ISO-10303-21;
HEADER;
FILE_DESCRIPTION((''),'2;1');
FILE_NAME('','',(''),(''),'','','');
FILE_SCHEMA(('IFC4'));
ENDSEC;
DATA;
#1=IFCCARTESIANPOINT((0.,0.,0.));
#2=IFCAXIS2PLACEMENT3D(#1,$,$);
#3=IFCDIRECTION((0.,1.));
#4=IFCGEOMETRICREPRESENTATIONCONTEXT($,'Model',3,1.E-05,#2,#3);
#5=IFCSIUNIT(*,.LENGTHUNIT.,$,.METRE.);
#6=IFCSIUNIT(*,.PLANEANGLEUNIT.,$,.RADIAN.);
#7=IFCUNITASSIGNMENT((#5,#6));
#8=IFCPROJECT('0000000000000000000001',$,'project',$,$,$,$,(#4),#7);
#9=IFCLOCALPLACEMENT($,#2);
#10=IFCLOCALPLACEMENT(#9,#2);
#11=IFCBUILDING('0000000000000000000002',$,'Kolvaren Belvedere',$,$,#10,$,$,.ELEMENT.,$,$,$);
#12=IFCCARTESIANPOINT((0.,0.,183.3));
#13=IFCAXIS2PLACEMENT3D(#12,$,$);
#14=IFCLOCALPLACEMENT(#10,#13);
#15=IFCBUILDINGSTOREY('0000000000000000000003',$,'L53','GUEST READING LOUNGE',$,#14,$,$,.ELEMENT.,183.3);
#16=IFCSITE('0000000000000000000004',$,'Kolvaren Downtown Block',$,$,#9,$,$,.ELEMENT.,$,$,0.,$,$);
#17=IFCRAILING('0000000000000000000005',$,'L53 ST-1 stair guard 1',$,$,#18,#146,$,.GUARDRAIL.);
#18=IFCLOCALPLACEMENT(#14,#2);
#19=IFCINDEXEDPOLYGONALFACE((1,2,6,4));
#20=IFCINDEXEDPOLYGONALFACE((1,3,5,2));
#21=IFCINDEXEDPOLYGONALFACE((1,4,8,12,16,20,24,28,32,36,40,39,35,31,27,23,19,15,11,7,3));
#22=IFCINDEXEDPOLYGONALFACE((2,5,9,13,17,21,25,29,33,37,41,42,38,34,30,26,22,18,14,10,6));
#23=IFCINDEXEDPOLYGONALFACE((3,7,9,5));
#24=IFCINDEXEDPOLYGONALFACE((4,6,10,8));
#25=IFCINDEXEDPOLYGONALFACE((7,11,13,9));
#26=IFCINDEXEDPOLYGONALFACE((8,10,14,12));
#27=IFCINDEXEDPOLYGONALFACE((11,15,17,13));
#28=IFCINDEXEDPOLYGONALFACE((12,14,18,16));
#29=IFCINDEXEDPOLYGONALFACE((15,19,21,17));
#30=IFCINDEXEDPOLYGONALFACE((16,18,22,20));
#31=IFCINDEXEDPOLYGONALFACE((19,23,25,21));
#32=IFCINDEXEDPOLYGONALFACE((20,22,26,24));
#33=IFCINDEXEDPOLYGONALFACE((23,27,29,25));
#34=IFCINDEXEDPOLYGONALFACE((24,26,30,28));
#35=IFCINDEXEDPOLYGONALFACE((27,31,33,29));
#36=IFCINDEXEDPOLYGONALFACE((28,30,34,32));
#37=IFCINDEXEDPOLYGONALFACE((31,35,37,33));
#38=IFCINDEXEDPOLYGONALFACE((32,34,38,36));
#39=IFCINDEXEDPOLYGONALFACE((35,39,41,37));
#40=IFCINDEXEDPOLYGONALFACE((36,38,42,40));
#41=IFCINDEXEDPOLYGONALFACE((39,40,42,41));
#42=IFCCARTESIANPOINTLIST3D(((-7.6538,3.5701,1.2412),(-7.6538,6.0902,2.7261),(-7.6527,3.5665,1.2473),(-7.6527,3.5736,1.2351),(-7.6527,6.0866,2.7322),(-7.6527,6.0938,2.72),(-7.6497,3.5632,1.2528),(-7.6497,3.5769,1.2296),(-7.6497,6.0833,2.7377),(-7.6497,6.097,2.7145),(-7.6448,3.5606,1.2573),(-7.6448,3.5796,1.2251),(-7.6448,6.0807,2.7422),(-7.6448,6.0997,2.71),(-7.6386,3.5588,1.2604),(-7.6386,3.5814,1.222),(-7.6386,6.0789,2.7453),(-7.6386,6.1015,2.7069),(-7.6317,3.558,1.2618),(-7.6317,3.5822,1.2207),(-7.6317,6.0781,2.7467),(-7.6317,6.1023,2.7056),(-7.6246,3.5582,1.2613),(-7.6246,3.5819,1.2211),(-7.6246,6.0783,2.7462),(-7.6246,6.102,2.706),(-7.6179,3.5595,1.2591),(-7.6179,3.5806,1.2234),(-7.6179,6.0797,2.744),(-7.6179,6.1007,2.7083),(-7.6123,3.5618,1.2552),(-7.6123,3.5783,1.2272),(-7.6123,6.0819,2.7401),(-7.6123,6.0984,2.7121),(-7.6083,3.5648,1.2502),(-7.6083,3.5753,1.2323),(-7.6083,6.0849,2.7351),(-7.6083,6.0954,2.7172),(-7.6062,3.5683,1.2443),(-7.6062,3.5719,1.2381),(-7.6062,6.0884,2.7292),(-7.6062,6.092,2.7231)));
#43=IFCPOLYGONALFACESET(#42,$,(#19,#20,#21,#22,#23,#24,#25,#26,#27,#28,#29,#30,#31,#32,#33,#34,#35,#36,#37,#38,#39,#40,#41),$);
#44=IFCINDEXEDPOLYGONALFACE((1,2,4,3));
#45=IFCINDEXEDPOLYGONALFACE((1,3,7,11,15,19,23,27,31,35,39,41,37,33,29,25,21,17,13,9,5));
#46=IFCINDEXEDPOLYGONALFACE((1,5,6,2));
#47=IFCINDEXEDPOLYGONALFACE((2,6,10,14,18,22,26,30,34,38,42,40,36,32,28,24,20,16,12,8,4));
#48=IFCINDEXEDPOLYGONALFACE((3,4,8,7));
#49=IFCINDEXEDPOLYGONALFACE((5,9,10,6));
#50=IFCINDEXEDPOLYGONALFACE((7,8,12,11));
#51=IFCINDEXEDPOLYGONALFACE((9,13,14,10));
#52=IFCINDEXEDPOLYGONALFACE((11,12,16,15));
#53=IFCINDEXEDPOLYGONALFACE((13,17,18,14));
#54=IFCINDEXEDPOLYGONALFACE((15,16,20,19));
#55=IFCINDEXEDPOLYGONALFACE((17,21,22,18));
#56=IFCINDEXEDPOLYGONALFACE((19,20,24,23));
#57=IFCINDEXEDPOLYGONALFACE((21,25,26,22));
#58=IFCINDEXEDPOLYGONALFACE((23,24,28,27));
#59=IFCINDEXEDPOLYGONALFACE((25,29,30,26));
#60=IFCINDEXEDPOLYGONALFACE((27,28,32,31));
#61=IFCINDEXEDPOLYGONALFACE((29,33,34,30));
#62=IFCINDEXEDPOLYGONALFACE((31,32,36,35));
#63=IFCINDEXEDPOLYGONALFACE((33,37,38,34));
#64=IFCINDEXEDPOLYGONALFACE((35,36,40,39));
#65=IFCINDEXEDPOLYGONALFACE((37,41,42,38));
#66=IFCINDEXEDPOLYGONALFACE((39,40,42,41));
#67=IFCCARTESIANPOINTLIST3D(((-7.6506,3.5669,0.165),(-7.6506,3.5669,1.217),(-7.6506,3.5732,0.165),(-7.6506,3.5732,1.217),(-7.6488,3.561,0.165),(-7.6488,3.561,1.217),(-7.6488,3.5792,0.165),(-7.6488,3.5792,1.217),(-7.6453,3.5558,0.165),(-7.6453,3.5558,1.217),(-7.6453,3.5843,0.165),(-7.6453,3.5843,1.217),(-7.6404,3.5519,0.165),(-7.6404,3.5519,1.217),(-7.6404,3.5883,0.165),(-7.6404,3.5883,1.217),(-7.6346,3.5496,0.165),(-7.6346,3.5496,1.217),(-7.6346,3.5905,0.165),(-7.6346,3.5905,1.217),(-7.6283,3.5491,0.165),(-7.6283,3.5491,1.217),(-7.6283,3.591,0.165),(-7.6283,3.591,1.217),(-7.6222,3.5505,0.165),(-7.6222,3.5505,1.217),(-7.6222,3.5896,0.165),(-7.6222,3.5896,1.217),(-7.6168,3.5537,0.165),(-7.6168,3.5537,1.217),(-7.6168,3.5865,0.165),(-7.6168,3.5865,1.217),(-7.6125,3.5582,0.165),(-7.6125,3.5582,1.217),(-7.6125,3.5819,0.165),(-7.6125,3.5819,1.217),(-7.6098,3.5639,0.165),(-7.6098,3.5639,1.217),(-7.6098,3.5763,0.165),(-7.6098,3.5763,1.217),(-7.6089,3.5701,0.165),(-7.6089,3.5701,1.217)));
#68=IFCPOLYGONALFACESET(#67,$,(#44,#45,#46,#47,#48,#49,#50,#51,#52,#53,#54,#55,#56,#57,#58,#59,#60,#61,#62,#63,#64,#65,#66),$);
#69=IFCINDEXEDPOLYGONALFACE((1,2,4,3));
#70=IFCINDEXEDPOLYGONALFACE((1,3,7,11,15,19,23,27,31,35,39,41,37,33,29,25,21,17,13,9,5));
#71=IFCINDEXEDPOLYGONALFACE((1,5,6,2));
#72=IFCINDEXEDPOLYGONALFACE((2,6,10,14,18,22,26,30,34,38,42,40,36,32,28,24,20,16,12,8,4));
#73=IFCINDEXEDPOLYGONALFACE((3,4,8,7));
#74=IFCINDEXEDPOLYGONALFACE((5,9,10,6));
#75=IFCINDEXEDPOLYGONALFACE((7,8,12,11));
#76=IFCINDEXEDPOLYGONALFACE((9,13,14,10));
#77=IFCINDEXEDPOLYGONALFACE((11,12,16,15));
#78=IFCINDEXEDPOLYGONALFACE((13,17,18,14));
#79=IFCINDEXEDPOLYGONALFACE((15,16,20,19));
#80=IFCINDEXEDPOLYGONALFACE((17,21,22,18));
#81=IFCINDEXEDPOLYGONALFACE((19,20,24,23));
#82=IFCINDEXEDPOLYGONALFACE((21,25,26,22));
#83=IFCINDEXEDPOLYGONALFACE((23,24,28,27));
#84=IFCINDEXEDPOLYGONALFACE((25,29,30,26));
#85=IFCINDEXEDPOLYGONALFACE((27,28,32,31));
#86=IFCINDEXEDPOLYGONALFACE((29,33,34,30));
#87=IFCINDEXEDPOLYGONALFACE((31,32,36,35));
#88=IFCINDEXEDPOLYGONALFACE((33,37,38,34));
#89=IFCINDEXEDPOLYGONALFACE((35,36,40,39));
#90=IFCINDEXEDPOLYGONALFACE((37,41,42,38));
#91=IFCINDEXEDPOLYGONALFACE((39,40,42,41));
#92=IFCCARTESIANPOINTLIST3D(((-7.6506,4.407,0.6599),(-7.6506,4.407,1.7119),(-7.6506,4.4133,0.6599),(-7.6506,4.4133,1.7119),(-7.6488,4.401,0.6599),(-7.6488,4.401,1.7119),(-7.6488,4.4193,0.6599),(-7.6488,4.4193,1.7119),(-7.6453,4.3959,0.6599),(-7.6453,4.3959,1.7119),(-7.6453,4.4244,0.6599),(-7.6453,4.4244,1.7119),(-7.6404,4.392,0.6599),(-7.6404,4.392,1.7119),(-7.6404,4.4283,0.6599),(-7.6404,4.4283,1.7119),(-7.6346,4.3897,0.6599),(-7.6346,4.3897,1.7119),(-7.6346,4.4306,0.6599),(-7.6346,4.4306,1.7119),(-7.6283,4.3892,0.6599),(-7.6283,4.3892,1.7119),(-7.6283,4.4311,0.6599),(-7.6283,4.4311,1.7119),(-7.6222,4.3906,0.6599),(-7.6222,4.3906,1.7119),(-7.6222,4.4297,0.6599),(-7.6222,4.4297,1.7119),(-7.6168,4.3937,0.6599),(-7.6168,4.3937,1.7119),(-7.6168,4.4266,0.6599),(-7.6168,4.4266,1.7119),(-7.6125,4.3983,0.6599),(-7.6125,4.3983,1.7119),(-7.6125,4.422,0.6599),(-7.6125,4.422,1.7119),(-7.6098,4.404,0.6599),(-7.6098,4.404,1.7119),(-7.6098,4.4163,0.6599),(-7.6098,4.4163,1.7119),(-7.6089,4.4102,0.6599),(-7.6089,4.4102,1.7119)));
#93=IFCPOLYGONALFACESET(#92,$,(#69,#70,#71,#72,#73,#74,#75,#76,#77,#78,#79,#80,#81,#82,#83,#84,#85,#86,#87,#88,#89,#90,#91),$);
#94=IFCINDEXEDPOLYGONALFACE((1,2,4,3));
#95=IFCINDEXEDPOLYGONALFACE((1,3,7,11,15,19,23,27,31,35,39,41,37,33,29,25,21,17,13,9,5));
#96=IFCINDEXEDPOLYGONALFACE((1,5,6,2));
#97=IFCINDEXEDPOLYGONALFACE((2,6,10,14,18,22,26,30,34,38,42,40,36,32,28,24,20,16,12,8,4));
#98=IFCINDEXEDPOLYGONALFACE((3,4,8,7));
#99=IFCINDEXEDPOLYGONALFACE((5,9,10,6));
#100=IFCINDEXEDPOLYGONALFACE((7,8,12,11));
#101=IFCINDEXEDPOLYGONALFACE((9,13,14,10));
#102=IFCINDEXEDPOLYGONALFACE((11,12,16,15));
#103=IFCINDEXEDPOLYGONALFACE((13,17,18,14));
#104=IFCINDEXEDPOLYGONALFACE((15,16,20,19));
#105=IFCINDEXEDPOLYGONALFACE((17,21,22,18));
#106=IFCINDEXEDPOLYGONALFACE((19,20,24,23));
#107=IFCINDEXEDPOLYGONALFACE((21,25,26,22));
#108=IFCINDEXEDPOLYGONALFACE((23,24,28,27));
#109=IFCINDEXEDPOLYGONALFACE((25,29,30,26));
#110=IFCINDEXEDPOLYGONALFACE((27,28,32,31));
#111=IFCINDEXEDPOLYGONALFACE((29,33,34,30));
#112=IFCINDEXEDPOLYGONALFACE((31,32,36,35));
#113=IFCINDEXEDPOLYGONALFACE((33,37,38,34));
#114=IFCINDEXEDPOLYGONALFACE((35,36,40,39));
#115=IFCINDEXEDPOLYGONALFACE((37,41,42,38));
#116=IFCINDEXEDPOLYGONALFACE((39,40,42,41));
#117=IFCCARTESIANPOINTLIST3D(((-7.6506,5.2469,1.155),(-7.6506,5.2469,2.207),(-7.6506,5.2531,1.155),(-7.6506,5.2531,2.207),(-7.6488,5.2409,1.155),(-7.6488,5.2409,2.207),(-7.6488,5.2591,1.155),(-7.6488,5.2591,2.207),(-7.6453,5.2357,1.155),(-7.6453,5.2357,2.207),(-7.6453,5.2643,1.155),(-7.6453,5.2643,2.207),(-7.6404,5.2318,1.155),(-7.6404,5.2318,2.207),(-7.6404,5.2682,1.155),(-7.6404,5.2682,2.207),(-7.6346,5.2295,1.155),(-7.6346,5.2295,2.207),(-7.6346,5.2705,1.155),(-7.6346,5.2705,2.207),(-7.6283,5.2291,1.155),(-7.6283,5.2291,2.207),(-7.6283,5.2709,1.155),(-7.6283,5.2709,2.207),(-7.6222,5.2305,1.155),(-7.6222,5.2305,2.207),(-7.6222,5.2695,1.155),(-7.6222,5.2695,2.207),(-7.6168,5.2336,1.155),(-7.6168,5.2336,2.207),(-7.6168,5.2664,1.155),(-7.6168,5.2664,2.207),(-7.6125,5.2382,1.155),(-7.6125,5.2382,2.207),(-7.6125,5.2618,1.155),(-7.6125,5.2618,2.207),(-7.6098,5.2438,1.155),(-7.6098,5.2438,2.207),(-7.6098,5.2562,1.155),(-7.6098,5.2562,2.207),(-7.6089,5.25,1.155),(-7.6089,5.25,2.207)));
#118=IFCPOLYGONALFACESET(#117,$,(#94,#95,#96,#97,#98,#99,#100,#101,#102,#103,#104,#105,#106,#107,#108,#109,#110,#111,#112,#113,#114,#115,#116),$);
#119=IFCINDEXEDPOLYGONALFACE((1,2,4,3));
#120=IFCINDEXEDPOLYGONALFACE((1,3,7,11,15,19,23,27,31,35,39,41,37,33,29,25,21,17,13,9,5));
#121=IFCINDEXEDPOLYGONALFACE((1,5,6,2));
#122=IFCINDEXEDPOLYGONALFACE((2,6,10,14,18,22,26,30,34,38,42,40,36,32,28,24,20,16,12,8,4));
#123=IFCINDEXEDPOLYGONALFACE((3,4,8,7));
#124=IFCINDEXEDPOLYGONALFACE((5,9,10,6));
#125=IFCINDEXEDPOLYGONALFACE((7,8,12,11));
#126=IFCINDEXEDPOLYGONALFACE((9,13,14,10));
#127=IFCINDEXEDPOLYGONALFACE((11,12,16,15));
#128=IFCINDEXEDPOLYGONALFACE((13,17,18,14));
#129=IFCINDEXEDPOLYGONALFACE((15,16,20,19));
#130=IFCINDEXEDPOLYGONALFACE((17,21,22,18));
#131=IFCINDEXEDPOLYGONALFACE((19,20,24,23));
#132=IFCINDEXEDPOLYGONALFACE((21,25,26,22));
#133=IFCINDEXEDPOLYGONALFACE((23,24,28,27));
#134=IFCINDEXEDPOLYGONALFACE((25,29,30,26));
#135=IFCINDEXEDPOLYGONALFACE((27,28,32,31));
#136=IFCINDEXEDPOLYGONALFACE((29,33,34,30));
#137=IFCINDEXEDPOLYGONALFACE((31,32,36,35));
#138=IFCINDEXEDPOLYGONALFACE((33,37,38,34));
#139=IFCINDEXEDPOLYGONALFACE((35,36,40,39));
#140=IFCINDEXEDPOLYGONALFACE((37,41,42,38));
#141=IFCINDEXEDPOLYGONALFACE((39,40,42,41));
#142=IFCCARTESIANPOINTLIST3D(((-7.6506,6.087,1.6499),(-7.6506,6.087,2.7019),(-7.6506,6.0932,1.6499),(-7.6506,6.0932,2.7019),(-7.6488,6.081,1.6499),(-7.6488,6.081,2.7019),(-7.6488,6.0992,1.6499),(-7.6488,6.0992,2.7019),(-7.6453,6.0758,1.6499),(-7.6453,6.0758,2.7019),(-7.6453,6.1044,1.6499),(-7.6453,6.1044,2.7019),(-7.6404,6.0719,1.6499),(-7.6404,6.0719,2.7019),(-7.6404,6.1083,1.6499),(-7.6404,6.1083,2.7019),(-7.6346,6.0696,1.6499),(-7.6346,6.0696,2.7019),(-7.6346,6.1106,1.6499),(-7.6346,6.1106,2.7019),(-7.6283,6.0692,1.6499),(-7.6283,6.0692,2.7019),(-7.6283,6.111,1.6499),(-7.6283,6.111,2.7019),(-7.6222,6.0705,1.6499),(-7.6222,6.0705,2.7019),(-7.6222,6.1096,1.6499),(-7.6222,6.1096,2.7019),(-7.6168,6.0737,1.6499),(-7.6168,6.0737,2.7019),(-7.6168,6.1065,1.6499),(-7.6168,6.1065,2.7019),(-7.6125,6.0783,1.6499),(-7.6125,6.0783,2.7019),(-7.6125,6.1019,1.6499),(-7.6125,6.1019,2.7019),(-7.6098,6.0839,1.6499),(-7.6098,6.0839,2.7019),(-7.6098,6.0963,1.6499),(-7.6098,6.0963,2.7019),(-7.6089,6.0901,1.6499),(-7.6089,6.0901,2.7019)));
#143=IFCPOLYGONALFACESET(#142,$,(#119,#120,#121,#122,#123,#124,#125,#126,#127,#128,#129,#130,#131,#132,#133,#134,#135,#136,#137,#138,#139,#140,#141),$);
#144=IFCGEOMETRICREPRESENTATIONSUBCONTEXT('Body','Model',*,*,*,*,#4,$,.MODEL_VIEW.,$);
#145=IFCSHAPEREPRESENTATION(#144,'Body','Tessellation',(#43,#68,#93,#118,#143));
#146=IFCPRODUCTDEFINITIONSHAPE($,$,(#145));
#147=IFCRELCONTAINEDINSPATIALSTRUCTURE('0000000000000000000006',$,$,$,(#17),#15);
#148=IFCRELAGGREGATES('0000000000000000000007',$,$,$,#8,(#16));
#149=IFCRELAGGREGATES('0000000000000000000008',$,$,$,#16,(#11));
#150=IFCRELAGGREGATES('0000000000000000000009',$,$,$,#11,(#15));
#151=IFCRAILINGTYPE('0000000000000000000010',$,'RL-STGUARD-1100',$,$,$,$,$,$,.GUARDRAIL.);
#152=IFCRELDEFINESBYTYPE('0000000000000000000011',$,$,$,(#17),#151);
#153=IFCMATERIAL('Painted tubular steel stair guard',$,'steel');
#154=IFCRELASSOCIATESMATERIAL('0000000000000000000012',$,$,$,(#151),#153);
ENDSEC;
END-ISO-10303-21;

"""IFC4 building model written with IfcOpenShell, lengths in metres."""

from ifc_helpers import new_model, si_unit, direction, frame, origin, origin_2d, place, context, subcontext, project, spatial, circle, extrude, material, type_object, element, save


model = new_model("IFC4")

# Units and contexts
model_context = context("Model", 3, precision=1e-05, world=origin(), true_north=direction((0.0, 1.0)))
body_context = subcontext(model_context, "Body", "Model", "MODEL_VIEW")
ifc_project = project(units=[si_unit("LENGTHUNIT", "METRE"), si_unit("PLANEANGLEUNIT", "RADIAN")], contexts=[model_context])

# Site, building, storey
site_placement = place(None, origin())
site = spatial("IfcSite", under=ifc_project, at=site_placement, Name="Kolvaren Downtown Block", CompositionType="ELEMENT", RefElevation=0.0)
building_placement = place(site_placement, origin())
building = spatial("IfcBuilding", under=site, at=building_placement, Name="Kolvaren Belvedere", CompositionType="ELEMENT")
storey_placement = place(building_placement, frame((0.0, 0.0, 183.3)))
storey = spatial("IfcBuildingStorey", under=building, at=storey_placement, Name="L53", Description="GUEST READING LOUNGE", CompositionType="ELEMENT", Elevation=183.3)

# Railing
ifc_material_1 = material(Name="Painted tubular steel stair guard", Category="steel")
railing_type_1 = type_object("IfcRailingType", Name="RL-STGUARD-1100", PredefinedType="GUARDRAIL", material=ifc_material_1)
railing_1_placement = place(storey_placement, frame((-7.6299, 3.5701, 0.165)))
element("IfcRailing", 1, at=railing_1_placement, inside=storey, type_object=railing_type_1, Name="L53 ST-1 stair guard 1", PredefinedType="GUARDRAIL", context=body_context, shape_type="SweptSolid", body=[
    extrude(circle(Radius=0.0239, at=origin_2d()), frame((0.0, 0.0, 1.0762), z_axis=(0.0, 0.861561, 0.507655), x_axis=(-1.0, 0.0, 0.0)), (0.0, 0.0, 1.0), 2.925),
    extrude(circle(Radius=0.021, at=origin_2d()), origin(), (0.0, 0.0, 1.0), 1.052),
    extrude(circle(Radius=0.021, at=origin_2d()), frame((0.0, 0.8401, 0.4949)), (0.0, 0.0, 1.0), 1.052),
    extrude(circle(Radius=0.021, at=origin_2d()), frame((0.0, 1.6799, 0.99)), (0.0, 0.0, 1.0), 1.052),
    extrude(circle(Radius=0.021, at=origin_2d()), frame((0.0, 2.52, 1.4849)), (0.0, 0.0, 1.0), 1.052),
])

save(model, "model.ifc")
